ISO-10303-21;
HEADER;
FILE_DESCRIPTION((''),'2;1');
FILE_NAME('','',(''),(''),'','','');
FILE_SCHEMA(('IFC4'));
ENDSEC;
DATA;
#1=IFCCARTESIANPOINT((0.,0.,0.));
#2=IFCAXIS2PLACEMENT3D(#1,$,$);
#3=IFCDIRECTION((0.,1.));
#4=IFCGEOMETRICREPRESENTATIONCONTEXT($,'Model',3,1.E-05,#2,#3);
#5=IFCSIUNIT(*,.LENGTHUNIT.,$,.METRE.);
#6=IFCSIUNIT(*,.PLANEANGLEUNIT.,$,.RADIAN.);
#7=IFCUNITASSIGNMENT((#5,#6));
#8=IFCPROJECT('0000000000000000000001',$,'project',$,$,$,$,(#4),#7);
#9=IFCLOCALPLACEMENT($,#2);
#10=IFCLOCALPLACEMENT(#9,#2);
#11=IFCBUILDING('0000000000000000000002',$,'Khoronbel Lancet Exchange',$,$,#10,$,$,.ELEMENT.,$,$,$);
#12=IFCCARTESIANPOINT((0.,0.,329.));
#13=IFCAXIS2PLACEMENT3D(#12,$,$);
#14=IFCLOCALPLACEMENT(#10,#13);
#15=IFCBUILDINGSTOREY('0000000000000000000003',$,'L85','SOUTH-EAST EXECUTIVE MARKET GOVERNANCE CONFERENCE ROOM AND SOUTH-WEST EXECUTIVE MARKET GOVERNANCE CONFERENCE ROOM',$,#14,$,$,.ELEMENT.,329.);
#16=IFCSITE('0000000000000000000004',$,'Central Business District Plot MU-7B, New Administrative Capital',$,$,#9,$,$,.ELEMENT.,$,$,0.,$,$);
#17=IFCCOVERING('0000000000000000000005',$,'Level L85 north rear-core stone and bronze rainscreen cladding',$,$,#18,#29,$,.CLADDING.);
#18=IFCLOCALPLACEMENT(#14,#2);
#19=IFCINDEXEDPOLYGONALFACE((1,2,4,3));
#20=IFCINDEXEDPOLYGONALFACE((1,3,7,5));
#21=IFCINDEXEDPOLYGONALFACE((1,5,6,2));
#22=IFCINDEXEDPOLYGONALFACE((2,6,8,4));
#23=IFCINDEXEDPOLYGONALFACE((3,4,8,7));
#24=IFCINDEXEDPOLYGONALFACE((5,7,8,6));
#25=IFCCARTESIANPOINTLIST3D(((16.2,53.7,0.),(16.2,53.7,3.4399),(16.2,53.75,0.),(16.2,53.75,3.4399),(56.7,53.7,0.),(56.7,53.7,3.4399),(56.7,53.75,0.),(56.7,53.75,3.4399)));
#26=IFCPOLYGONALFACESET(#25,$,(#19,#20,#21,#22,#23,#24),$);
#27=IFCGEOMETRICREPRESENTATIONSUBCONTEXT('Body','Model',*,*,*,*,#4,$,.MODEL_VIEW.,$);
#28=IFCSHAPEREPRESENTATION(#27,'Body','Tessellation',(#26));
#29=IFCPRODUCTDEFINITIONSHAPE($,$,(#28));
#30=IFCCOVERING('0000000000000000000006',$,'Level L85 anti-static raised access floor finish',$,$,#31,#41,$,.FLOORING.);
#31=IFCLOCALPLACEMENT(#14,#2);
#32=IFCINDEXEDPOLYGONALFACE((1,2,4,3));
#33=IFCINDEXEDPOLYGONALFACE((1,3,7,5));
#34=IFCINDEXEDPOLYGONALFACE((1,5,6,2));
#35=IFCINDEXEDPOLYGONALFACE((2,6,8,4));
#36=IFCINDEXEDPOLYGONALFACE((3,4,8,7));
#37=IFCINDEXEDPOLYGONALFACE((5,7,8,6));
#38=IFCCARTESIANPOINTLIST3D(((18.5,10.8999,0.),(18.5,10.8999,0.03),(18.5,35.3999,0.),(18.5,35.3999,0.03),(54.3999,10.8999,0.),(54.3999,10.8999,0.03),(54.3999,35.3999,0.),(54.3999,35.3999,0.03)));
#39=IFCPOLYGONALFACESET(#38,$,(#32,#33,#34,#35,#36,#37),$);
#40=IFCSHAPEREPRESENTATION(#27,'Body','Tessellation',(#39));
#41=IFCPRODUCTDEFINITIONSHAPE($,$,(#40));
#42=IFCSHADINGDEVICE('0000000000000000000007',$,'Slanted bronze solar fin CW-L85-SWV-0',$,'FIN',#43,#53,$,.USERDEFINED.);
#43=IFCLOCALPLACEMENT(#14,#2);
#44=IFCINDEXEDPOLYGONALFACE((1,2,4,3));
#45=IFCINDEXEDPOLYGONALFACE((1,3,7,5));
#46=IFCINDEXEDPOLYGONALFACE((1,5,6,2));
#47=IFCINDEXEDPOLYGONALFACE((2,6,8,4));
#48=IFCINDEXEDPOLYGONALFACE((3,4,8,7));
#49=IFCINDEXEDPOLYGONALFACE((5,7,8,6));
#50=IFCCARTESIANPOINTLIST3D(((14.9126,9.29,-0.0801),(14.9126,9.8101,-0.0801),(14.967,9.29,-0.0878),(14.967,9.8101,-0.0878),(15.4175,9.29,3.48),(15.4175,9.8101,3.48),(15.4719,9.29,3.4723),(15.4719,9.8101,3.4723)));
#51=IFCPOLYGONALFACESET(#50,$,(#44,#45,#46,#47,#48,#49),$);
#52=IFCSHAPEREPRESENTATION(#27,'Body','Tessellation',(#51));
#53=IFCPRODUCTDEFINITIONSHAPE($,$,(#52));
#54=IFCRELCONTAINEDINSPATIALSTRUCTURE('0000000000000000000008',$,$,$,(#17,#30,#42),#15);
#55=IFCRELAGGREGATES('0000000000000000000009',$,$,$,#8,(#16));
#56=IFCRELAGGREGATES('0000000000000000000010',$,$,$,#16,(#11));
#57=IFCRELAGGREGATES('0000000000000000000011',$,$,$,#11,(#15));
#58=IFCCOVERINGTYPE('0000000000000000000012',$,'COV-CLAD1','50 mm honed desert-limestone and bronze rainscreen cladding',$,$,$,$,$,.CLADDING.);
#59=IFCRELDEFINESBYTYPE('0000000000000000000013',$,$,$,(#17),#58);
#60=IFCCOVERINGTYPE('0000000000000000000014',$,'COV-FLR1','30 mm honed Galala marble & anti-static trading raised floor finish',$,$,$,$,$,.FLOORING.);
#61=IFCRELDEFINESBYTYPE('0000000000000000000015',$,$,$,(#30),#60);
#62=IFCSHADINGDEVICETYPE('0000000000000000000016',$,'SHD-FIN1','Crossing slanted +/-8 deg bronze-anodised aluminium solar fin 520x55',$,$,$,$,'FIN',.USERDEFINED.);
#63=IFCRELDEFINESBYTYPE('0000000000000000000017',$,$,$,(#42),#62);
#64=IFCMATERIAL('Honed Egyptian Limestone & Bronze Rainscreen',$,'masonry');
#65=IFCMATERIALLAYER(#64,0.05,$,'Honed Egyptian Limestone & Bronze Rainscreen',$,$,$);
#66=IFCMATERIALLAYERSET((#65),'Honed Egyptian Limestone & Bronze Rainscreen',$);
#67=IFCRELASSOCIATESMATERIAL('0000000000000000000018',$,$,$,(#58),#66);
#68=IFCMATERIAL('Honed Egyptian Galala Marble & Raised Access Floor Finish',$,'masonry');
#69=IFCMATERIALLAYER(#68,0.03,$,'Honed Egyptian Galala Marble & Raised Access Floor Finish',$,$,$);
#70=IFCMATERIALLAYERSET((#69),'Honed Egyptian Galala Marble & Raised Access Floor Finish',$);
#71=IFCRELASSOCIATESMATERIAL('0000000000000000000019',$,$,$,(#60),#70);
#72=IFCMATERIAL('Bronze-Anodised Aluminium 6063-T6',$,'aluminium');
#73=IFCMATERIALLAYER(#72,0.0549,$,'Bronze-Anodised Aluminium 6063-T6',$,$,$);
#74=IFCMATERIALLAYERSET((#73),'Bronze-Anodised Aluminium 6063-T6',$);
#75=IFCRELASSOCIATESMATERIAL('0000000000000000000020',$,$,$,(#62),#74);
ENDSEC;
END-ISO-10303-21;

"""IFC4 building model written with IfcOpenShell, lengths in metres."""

from ifc_helpers import new_model, si_unit, direction, frame, origin, place, context, subcontext, project, spatial, polyline, outline, extrude, material, layer, layer_set, type_object, element, save


model = new_model("IFC4")

# Units and contexts
model_context = context("Model", 3, precision=1e-05, world=origin(), true_north=direction((0.0, 1.0)))
body_context = subcontext(model_context, "Body", "Model", "MODEL_VIEW")
ifc_project = project(units=[si_unit("LENGTHUNIT", "METRE"), si_unit("PLANEANGLEUNIT", "RADIAN")], contexts=[model_context])

# Site, building, storey
site_placement = place(None, origin())
site = spatial("IfcSite", under=ifc_project, at=site_placement, Name="Central Business District Plot MU-7B, New Administrative Capital", CompositionType="ELEMENT", RefElevation=0.0)
building_placement = place(site_placement, origin())
building = spatial("IfcBuilding", under=site, at=building_placement, Name="Khoronbel Lancet Exchange", CompositionType="ELEMENT")
storey_placement = place(building_placement, frame((0.0, 0.0, 329.0)))
storey = spatial("IfcBuildingStorey", under=building, at=storey_placement, Name="L85", Description="SOUTH-EAST EXECUTIVE MARKET GOVERNANCE CONFERENCE ROOM AND SOUTH-WEST EXECUTIVE MARKET GOVERNANCE CONFERENCE ROOM", CompositionType="ELEMENT", Elevation=329.0)

# Shared definitions
ifc_material_1 = material(Name="Bronze-Anodised Aluminium 6063-T6", Category="aluminium")

# Coverings
ifc_material_2 = material(Name="Honed Egyptian Limestone & Bronze Rainscreen", Category="masonry")
ifc_layer_1 = layer(ifc_material_2, 0.05, Name="Honed Egyptian Limestone & Bronze Rainscreen")
ifc_layer_set_1 = layer_set([ifc_layer_1], Name="Honed Egyptian Limestone & Bronze Rainscreen")
covering_type_1 = type_object("IfcCoveringType", Name="COV-CLAD1", Description="50 mm honed desert-limestone and bronze rainscreen cladding", PredefinedType="CLADDING", material=ifc_layer_set_1)
covering_1_placement = place(storey_placement, origin())
element("IfcCovering", 1, at=covering_1_placement, inside=storey, type_object=covering_type_1, Name="Level L85 north rear-core stone and bronze rainscreen cladding", PredefinedType="CLADDING", context=body_context, shape_type="SweptSolid", body=[
    extrude(outline(polyline([(16.2, 53.7), (56.7, 53.7), (56.7, 53.75), (16.2, 53.75), (16.2, 53.7)])), origin(), (0.0, 0.0, 1.0), 3.4399),
])
ifc_material_3 = material(Name="Honed Egyptian Galala Marble & Raised Access Floor Finish", Category="masonry")
ifc_layer_2 = layer(ifc_material_3, 0.03, Name="Honed Egyptian Galala Marble & Raised Access Floor Finish")
ifc_layer_set_2 = layer_set([ifc_layer_2], Name="Honed Egyptian Galala Marble & Raised Access Floor Finish")
covering_type_2 = type_object("IfcCoveringType", Name="COV-FLR1", Description="30 mm honed Galala marble & anti-static trading raised floor finish", PredefinedType="FLOORING", material=ifc_layer_set_2)
covering_2_placement = place(storey_placement, origin())
element("IfcCovering", 2, at=covering_2_placement, inside=storey, type_object=covering_type_2, Name="Level L85 anti-static raised access floor finish", PredefinedType="FLOORING", context=body_context, shape_type="SweptSolid", body=[
    extrude(outline(polyline([(18.5, 10.8999), (54.3999, 10.8999), (54.3999, 35.3999), (18.5, 35.3999), (18.5, 10.8999)])), origin(), (0.0, 0.0, 1.0), 0.03),
])

# Shading device
ifc_layer_3 = layer(ifc_material_1, 0.0549, Name="Bronze-Anodised Aluminium 6063-T6")
ifc_layer_set_3 = layer_set([ifc_layer_3], Name="Bronze-Anodised Aluminium 6063-T6")
shading_device_type = type_object("IfcShadingDeviceType", Name="SHD-FIN1", Description="Crossing slanted +/-8 deg bronze-anodised aluminium solar fin 520x55", ElementType="FIN", PredefinedType="USERDEFINED", material=ifc_layer_set_3)
shading_device_placement = place(storey_placement, frame((14.9126, 9.8101, -0.0801), z_axis=(-0.990093, 0.0, 0.140414), x_axis=(0.0, -1.0, 0.0)))
element("IfcShadingDevice", 3, at=shading_device_placement, inside=storey, type_object=shading_device_type, Name="Slanted bronze solar fin CW-L85-SWV-0", ObjectType="FIN", PredefinedType="USERDEFINED", context=body_context, shape_type="SweptSolid", body=[
    extrude(outline(polyline([(0.0, 0.0), (0.52, 0.0), (0.52, 3.5957), (0.0, 3.5957), (0.0, 0.0)])), origin(), (0.0, 0.0, -1.0), 0.0549),
])

save(model, "model.ifc")
